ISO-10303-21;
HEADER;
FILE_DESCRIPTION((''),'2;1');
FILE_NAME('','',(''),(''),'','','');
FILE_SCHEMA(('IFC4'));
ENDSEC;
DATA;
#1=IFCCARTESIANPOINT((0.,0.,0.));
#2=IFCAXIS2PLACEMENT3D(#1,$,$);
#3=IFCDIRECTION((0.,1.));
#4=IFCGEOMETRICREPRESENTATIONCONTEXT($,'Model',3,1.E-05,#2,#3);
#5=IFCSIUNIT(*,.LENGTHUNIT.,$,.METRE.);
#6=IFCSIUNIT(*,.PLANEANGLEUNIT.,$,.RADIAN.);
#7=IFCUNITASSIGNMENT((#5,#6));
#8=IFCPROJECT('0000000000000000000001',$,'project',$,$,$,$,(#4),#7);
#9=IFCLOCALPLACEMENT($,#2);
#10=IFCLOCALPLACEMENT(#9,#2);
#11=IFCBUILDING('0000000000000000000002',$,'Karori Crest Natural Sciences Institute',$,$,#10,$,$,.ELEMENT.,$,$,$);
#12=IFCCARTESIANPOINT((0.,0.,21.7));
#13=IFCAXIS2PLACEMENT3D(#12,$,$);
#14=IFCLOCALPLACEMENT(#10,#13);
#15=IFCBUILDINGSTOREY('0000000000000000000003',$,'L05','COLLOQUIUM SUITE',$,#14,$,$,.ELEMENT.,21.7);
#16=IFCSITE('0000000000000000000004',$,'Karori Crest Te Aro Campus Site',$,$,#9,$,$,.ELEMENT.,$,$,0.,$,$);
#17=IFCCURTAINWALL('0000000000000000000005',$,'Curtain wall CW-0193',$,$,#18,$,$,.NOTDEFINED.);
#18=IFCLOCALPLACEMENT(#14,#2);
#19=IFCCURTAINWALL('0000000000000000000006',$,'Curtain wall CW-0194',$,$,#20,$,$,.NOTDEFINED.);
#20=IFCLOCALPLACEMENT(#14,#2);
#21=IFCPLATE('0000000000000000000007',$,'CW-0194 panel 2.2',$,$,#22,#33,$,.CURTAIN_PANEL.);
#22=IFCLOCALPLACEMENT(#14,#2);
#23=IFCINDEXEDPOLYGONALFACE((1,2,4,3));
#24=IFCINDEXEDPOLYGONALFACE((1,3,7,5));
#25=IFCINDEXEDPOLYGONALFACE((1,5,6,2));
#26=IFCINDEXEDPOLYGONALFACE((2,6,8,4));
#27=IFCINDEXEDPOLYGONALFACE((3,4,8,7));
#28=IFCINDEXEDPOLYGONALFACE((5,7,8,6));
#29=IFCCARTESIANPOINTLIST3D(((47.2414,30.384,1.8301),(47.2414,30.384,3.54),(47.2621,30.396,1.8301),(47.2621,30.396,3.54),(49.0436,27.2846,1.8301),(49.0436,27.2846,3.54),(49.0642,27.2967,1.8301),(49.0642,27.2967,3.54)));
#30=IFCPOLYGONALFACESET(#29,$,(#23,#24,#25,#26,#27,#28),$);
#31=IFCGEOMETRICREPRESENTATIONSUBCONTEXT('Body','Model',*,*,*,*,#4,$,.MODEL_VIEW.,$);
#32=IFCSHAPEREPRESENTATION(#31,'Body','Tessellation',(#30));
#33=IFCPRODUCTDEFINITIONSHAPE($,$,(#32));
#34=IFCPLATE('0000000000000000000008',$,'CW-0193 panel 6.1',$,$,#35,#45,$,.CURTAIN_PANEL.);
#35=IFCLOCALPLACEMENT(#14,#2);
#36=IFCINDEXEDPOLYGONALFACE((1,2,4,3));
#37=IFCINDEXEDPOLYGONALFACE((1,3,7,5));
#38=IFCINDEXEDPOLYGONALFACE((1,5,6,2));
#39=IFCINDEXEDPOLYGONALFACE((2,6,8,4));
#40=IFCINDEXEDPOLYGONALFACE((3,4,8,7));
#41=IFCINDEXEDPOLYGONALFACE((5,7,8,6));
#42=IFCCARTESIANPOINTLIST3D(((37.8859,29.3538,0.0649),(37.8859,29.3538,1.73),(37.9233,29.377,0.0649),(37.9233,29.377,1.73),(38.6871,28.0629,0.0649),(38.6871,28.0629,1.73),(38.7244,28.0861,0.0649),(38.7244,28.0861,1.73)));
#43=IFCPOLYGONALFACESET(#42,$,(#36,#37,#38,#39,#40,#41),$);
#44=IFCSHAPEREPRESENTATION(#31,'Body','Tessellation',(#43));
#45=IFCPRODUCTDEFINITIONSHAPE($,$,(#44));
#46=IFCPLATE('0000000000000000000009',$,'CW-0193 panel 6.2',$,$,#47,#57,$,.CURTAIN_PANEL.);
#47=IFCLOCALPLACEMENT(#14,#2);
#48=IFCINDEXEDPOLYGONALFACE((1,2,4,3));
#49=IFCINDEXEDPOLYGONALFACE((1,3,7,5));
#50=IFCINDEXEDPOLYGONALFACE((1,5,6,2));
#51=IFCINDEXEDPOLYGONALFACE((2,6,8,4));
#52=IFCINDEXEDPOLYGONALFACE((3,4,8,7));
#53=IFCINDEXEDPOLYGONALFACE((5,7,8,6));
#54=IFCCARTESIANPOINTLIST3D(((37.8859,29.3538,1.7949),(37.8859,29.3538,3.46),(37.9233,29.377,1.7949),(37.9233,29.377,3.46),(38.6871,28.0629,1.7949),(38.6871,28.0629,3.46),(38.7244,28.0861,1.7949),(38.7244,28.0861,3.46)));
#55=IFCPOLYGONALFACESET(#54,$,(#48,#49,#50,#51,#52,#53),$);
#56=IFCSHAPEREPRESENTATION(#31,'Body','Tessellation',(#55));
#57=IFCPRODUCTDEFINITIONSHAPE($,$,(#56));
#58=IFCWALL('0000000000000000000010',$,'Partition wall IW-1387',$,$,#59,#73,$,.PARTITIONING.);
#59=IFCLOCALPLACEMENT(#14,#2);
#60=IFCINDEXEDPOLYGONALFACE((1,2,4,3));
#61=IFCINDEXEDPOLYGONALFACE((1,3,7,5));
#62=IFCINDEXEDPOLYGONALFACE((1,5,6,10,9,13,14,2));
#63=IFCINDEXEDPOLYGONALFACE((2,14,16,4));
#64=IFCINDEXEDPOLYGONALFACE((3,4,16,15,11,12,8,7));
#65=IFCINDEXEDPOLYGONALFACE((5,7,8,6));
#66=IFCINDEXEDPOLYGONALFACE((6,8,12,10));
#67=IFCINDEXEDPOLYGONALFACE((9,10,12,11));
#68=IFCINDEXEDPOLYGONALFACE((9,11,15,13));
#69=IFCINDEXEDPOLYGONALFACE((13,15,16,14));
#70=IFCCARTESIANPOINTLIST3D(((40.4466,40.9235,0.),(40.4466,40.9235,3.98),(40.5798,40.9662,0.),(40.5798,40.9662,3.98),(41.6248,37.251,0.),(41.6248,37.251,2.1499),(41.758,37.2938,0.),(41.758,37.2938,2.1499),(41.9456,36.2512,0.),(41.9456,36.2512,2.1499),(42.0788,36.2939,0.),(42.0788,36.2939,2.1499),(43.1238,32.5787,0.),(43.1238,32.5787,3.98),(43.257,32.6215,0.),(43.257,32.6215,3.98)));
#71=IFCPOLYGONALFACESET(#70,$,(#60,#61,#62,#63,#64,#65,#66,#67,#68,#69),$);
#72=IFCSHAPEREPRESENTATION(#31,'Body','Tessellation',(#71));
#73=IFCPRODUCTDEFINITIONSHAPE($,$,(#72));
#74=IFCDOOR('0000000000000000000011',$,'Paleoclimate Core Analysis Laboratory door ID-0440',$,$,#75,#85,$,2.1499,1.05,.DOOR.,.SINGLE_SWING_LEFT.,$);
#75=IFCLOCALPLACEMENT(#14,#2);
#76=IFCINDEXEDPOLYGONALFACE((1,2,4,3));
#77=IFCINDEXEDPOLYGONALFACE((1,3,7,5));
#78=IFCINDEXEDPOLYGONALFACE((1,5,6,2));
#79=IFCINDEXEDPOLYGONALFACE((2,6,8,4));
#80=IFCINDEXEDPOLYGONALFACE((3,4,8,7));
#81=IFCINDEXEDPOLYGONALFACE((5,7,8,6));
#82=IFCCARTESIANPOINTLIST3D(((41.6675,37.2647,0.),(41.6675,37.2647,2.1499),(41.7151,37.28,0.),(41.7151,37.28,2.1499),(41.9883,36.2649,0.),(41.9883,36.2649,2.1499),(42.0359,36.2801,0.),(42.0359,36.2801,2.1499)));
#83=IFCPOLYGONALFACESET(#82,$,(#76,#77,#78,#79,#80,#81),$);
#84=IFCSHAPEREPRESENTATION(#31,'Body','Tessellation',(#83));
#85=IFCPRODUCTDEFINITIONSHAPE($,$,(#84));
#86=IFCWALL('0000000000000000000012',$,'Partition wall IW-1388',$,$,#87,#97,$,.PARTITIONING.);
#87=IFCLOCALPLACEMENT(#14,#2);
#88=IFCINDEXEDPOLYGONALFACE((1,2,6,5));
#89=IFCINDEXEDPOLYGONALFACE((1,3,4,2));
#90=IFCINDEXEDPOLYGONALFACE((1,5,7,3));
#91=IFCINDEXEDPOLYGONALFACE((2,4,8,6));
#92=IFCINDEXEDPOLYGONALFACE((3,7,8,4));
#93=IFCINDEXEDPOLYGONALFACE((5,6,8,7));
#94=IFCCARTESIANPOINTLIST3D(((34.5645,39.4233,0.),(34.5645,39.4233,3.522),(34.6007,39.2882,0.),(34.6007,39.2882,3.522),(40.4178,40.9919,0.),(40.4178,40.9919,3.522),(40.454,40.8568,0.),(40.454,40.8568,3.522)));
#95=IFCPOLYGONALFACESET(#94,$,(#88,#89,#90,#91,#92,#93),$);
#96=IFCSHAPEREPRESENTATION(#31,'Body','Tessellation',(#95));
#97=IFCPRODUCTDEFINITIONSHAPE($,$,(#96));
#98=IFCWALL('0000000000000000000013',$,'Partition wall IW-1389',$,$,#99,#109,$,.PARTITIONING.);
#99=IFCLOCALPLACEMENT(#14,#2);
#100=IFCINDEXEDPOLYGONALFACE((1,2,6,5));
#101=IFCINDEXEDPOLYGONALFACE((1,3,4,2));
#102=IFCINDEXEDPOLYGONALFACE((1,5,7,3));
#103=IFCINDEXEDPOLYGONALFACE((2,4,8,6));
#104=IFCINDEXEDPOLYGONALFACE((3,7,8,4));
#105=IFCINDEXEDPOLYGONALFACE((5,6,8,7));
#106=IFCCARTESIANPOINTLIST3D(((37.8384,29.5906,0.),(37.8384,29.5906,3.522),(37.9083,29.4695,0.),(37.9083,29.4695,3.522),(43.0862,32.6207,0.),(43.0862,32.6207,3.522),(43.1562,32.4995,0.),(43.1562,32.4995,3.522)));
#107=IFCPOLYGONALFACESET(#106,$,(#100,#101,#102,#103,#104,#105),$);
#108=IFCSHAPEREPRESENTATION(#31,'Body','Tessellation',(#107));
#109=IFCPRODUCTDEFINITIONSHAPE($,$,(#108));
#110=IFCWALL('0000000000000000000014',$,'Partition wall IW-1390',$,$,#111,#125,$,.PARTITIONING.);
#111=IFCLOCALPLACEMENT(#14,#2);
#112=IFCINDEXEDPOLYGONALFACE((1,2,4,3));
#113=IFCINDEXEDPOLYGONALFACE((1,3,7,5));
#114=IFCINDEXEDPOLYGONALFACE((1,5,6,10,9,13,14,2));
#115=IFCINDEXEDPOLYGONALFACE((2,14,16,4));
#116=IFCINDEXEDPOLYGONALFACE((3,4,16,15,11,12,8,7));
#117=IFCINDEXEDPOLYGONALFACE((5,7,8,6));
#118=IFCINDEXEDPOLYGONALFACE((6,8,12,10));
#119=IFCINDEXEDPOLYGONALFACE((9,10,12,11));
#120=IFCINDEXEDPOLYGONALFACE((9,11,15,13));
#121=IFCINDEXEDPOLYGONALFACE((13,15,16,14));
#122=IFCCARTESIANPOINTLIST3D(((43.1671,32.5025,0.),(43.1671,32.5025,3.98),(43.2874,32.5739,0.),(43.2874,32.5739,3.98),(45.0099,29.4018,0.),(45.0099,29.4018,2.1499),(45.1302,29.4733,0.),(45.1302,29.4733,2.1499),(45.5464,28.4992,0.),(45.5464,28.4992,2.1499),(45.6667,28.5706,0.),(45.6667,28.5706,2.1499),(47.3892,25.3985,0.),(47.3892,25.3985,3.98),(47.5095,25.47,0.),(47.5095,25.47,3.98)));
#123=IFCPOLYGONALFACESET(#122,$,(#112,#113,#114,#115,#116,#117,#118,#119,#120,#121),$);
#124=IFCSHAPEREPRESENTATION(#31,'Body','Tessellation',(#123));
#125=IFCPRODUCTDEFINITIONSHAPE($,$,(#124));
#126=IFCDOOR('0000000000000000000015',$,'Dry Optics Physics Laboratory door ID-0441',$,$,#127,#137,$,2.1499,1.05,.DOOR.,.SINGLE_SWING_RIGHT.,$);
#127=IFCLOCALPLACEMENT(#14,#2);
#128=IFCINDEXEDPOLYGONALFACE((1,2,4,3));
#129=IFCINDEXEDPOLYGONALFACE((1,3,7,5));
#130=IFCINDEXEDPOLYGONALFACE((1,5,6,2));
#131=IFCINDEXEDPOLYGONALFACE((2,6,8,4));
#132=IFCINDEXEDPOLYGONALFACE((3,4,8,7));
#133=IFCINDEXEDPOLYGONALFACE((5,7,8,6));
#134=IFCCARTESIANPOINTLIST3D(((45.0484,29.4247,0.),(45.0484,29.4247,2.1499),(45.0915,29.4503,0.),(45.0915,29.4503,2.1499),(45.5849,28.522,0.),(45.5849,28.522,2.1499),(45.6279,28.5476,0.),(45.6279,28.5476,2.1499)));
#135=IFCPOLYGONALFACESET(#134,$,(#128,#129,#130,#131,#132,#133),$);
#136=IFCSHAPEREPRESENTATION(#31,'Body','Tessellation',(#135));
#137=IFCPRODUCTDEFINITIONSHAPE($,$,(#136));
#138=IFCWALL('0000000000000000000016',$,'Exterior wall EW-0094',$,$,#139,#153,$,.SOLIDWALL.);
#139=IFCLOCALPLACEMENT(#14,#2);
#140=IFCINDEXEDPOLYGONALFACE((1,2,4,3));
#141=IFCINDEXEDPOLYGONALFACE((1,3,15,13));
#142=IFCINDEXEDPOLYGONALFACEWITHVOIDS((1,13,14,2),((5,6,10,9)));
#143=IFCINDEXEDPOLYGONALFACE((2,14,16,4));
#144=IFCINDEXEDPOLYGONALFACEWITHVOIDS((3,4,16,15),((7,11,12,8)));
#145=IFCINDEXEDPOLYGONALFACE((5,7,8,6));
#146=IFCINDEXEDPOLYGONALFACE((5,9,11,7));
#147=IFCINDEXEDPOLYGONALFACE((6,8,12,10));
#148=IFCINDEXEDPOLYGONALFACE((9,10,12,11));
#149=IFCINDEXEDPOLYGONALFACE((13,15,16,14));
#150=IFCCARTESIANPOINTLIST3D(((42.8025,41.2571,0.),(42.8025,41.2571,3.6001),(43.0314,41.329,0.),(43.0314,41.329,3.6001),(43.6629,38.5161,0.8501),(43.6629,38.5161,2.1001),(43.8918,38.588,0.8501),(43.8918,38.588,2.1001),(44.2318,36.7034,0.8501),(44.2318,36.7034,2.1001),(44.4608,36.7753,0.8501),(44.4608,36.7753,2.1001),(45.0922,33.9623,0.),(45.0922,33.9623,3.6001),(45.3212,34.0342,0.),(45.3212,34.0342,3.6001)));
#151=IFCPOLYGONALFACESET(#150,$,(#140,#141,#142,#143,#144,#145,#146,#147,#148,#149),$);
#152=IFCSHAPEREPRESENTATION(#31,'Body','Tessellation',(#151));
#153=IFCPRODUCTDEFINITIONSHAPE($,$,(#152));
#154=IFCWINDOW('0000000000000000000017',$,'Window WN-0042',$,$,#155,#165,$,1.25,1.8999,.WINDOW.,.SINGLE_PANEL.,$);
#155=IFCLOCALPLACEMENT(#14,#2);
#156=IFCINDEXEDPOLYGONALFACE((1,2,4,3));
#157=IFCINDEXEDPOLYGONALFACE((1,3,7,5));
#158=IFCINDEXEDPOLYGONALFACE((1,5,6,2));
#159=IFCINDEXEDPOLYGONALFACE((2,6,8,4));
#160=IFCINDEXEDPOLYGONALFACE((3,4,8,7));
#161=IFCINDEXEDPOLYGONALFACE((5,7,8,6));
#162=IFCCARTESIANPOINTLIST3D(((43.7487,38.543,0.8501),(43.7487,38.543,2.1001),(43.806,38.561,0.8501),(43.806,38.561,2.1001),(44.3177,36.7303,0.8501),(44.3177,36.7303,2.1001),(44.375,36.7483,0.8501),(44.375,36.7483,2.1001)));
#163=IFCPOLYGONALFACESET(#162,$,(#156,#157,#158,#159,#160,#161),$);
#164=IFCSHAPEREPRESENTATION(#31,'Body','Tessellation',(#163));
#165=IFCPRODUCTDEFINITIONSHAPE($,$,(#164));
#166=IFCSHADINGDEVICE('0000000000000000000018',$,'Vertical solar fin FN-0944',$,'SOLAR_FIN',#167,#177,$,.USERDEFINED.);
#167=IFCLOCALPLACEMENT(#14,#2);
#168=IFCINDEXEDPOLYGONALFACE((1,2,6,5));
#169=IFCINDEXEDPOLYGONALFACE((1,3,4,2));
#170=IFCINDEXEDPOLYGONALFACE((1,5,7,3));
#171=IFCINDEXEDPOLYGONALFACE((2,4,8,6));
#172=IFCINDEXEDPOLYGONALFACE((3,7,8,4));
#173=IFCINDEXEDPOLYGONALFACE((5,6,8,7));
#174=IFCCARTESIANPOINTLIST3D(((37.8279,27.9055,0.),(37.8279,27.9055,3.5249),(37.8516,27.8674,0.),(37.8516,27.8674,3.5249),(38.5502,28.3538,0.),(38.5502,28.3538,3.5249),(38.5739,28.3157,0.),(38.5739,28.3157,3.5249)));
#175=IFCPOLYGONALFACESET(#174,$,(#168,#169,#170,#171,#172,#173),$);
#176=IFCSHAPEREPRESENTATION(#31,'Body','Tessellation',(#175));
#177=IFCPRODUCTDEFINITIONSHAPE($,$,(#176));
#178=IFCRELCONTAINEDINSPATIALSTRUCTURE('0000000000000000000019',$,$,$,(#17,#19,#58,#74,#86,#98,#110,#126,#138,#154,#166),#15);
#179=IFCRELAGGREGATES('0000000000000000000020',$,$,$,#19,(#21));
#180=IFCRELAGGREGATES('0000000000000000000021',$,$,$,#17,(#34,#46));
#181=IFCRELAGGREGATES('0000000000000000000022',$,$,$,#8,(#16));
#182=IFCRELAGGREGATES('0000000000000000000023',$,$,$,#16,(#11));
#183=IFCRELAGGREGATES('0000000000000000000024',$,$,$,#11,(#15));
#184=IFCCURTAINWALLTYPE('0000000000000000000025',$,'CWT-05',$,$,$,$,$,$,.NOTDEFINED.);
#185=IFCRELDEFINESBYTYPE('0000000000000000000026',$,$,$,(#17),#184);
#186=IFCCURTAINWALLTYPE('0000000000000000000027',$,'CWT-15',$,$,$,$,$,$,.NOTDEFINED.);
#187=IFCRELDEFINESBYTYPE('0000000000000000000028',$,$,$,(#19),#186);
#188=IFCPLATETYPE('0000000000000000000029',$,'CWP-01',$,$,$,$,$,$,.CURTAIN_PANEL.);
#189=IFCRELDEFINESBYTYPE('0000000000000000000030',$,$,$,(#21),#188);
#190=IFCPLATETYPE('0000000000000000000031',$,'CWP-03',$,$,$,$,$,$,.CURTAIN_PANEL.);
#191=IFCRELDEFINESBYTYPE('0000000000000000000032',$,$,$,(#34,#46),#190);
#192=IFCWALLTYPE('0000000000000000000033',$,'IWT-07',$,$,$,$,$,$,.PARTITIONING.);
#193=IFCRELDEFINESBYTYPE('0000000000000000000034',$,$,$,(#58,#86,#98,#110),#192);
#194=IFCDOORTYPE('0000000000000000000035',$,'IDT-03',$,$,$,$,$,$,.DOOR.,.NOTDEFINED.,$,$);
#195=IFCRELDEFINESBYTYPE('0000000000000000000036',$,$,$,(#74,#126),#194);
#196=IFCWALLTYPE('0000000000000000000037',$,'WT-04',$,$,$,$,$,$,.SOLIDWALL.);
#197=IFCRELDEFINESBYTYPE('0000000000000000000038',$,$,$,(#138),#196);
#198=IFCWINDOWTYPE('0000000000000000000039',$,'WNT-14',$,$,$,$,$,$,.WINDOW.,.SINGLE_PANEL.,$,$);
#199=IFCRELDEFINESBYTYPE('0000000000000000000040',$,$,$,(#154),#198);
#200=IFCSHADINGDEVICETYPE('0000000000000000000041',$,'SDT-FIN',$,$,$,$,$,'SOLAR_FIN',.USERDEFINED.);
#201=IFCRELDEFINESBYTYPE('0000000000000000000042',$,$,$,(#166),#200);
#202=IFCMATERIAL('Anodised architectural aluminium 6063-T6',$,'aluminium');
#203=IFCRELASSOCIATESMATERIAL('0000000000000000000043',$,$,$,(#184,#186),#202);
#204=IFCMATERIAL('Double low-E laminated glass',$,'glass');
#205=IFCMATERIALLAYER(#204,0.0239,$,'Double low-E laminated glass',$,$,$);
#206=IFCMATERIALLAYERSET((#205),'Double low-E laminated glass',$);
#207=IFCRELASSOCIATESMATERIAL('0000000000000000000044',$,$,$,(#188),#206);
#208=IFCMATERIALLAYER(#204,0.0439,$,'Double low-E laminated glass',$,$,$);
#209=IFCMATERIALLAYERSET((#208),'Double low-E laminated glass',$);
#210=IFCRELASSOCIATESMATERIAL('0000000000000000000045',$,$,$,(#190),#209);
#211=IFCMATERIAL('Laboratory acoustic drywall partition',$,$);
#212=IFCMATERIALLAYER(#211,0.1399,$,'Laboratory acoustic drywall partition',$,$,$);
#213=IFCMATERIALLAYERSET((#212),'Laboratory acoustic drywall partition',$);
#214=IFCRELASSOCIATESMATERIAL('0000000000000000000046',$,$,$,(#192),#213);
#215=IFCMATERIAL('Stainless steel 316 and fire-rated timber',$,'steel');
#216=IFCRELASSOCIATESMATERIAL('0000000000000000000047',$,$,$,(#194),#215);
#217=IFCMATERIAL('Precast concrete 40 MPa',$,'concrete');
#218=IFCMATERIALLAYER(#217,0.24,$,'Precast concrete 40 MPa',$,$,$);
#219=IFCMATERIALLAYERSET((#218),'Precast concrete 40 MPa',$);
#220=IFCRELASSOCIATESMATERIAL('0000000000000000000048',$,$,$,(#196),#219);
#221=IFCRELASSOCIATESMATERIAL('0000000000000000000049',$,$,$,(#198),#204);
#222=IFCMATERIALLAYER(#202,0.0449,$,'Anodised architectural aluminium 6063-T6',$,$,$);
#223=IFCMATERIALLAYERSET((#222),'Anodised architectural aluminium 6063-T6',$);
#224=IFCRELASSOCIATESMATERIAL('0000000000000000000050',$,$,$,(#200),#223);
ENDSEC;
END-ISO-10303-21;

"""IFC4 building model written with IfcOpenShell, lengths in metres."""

from ifc_helpers import new_model, si_unit, direction, frame, frame_2d, origin, origin_2d, place, context, subcontext, project, spatial, rectangle, extrude, material, layer, layer_set, type_object, element, fill, aggregate, save


model = new_model("IFC4")

# Units and contexts
model_context = context("Model", 3, precision=1e-05, world=origin(), true_north=direction((0.0, 1.0)))
body_context = subcontext(model_context, "Body", "Model", "MODEL_VIEW")
ifc_project = project(units=[si_unit("LENGTHUNIT", "METRE"), si_unit("PLANEANGLEUNIT", "RADIAN")], contexts=[model_context])

# Site, building, storey
site_placement = place(None, origin())
site = spatial("IfcSite", under=ifc_project, at=site_placement, Name="Karori Crest Te Aro Campus Site", CompositionType="ELEMENT", RefElevation=0.0)
building_placement = place(site_placement, origin())
building = spatial("IfcBuilding", under=site, at=building_placement, Name="Karori Crest Natural Sciences Institute", CompositionType="ELEMENT")
storey_placement = place(building_placement, frame((0.0, 0.0, 21.7)))
storey = spatial("IfcBuildingStorey", under=building, at=storey_placement, Name="L05", Description="COLLOQUIUM SUITE", CompositionType="ELEMENT", Elevation=21.7)

# Curtain wall
ifc_material_1 = material(Name="Anodised architectural aluminium 6063-T6", Category="aluminium")
curtain_wall_type_1 = type_object("IfcCurtainWallType", Name="CWT-05", PredefinedType="NOTDEFINED", material=ifc_material_1)
curtain_wall_1_placement = place(storey_placement, origin())
curtain_wall_1 = element("IfcCurtainWall", 1, at=curtain_wall_1_placement, inside=storey, type_object=curtain_wall_type_1, Name="Curtain wall CW-0193", PredefinedType="NOTDEFINED")

# Curtain wall
curtain_wall_type_2 = type_object("IfcCurtainWallType", Name="CWT-15", PredefinedType="NOTDEFINED", material=ifc_material_1)
curtain_wall_2_placement = place(storey_placement, origin())
curtain_wall_2 = element("IfcCurtainWall", 2, at=curtain_wall_2_placement, inside=storey, type_object=curtain_wall_type_2, Name="Curtain wall CW-0194", PredefinedType="NOTDEFINED")

# Plates
ifc_material_2 = material(Name="Double low-E laminated glass", Category="glass")
ifc_layer_1 = layer(ifc_material_2, 0.0239, Name="Double low-E laminated glass")
ifc_layer_set_1 = layer_set([ifc_layer_1], Name="Double low-E laminated glass")
plate_type_1 = type_object("IfcPlateType", Name="CWP-01", PredefinedType="CURTAIN_PANEL", material=ifc_layer_set_1)
plate_1_placement = place(storey_placement, frame((48.1528, 28.8403, 1.8301), z_axis=(0.0, 0.0, 1.0), x_axis=(0.502655, -0.864487, 0.0)))
plate_1 = element("IfcPlate", 3, at=plate_1_placement, type_object=plate_type_1, Name="CW-0194 panel 2.2", PredefinedType="CURTAIN_PANEL", context=body_context, shape_type="SweptSolid", body=[
    extrude(rectangle(XDim=3.5852, YDim=0.0239, at=origin_2d()), origin(), (0.0, 0.0, 1.0), 1.71),
])
aggregate(curtain_wall_2, [plate_1])
ifc_layer_2 = layer(ifc_material_2, 0.0439, Name="Double low-E laminated glass")
ifc_layer_set_2 = layer_set([ifc_layer_2], Name="Double low-E laminated glass")
plate_type_2 = type_object("IfcPlateType", Name="CWP-03", PredefinedType="CURTAIN_PANEL", material=ifc_layer_set_2)
plate_2_placement = place(storey_placement, frame((38.3052, 28.72, 0.0649), z_axis=(0.0, 0.0, 1.0), x_axis=(-0.527328, 0.849662, 0.0)))
plate_2 = element("IfcPlate", 4, at=plate_2_placement, type_object=plate_type_2, Name="CW-0193 panel 6.1", PredefinedType="CURTAIN_PANEL", context=body_context, shape_type="SweptSolid", body=[
    extrude(rectangle(XDim=1.5193, YDim=0.0439, at=origin_2d()), origin(), (0.0, 0.0, 1.0), 1.665),
])
plate_3_placement = place(storey_placement, frame((38.3052, 28.72, 1.7949), z_axis=(0.0, 0.0, 1.0), x_axis=(-0.527328, 0.849662, 0.0)))
plate_3 = element("IfcPlate", 5, at=plate_3_placement, type_object=plate_type_2, Name="CW-0193 panel 6.2", PredefinedType="CURTAIN_PANEL", context=body_context, shape_type="SweptSolid", body=[
    extrude(rectangle(XDim=1.5193, YDim=0.0439, at=origin_2d()), origin(), (0.0, 0.0, 1.0), 1.665),
])
aggregate(curtain_wall_1, [plate_2, plate_3])

# Wall, opening, door
ifc_material_3 = material(Name="Laboratory acoustic drywall partition")
ifc_layer_3 = layer(ifc_material_3, 0.1399, Name="Laboratory acoustic drywall partition")
ifc_layer_set_3 = layer_set([ifc_layer_3], Name="Laboratory acoustic drywall partition")
wall_type_1 = type_object("IfcWallType", Name="IWT-07", PredefinedType="PARTITIONING", material=ifc_layer_set_3)
wall_1_placement = place(storey_placement, frame((40.5132, 40.9448, 0.0), z_axis=(0.0, 0.0, 1.0), x_axis=(0.305493, -0.952194, 0.0)))
wall_1 = element("IfcWall", 6, at=wall_1_placement, inside=storey, type_object=wall_type_1, Name="Partition wall IW-1387", PredefinedType="PARTITIONING", context=body_context, shape_type="SweptSolid", body=[
    extrude(rectangle(XDim=8.7637, YDim=0.1399, at=frame_2d((4.3818, 0.0))), origin(), (0.0, 0.0, 1.0), 3.98),
])
opening_1_placement = place(wall_1_placement, frame((3.8569, 0.0, 0.0)))
opening_1 = element("IfcOpeningElement", 7, at=opening_1_placement, cuts=wall_1, PredefinedType="OPENING", context=body_context, shape_type="SweptSolid", body=[
    extrude(rectangle(XDim=1.05, YDim=2.1499, at=frame_2d((0.5249, 1.075))), frame((0.0, 0.0801, 0.0), z_axis=(0.0, -1.0, 0.0), x_axis=(1.0, 0.0, 0.0)), (0.0, 0.0, 1.0), 0.1599),
])
ifc_material_4 = material(Name="Stainless steel 316 and fire-rated timber", Category="steel")
door_type = type_object("IfcDoorType", Name="IDT-03", OperationType="NOTDEFINED", PredefinedType="DOOR", material=ifc_material_4)
door_1_placement = place(opening_1_placement, origin())
door_1 = element("IfcDoor", 8, at=door_1_placement, inside=storey, type_object=door_type, Name="Paleoclimate Core Analysis Laboratory door ID-0440", OperationType="SINGLE_SWING_LEFT", OverallHeight=2.1499, OverallWidth=1.05, PredefinedType="DOOR", context=body_context, shape_type="SweptSolid", body=[
    extrude(rectangle(XDim=1.05, YDim=2.1499, at=frame_2d((0.5249, 1.075))), frame((0.0, 0.0249, 0.0), z_axis=(0.0, -1.0, 0.0), x_axis=(1.0, 0.0, 0.0)), (0.0, 0.0, 1.0), 0.05),
])
fill(opening_1, door_1)

# Walls
for number, where, z_axis, x_axis, name in (
    (9, (40.4358, 40.9243, 0.0), (0.0, 0.0, 1.0), (-0.965917, -0.258854, 0.0), "Partition wall IW-1388"),
    (10, (43.1211, 32.5601, 0.0), (0.0, 0.0, 1.0), (-0.86601, -0.500026, 0.0), "Partition wall IW-1389"),
):
    element("IfcWall", number, at=place(storey_placement, frame(where, z_axis=z_axis, x_axis=x_axis)), inside=storey, type_object=wall_type_1, Name=name, PredefinedType="PARTITIONING", context=body_context, shape_type="SweptSolid", body=[
        extrude(rectangle(XDim=6.0598, YDim=0.1399, at=frame_2d((3.0298, 0.0))), origin(), (0.0, 0.0, 1.0), 3.522),
    ])

# Wall, opening, door
wall_2_placement = place(storey_placement, frame((43.2273, 32.5381, 0.0), z_axis=(0.0, 0.0, 1.0), x_axis=(0.510911, -0.859633, 0.0)))
wall_2 = element("IfcWall", 11, at=wall_2_placement, inside=storey, type_object=wall_type_1, Name="Partition wall IW-1390", PredefinedType="PARTITIONING", context=body_context, shape_type="SweptSolid", body=[
    extrude(rectangle(XDim=8.2639, YDim=0.1399, at=frame_2d((4.1318, 0.0))), origin(), (0.0, 0.0, 1.0), 3.98),
])
opening_2_placement = place(wall_2_placement, frame((3.6069, 0.0, 0.0)))
opening_2 = element("IfcOpeningElement", 12, at=opening_2_placement, cuts=wall_2, PredefinedType="OPENING", context=body_context, shape_type="SweptSolid", body=[
    extrude(rectangle(XDim=1.05, YDim=2.1499, at=frame_2d((0.5249, 1.075))), frame((0.0, 0.0801, 0.0), z_axis=(0.0, -1.0, 0.0), x_axis=(1.0, 0.0, 0.0)), (0.0, 0.0, 1.0), 0.1599),
])
door_2_placement = place(opening_2_placement, origin())
door_2 = element("IfcDoor", 13, at=door_2_placement, inside=storey, type_object=door_type, Name="Dry Optics Physics Laboratory door ID-0441", OperationType="SINGLE_SWING_RIGHT", OverallHeight=2.1499, OverallWidth=1.05, PredefinedType="DOOR", context=body_context, shape_type="SweptSolid", body=[
    extrude(rectangle(XDim=1.05, YDim=2.1499, at=frame_2d((0.5249, 1.075))), frame((0.0, 0.0249, 0.0), z_axis=(0.0, -1.0, 0.0), x_axis=(1.0, 0.0, 0.0)), (0.0, 0.0, 1.0), 0.05),
])
fill(opening_2, door_2)

# Wall, opening, window
ifc_material_5 = material(Name="Precast concrete 40 MPa", Category="concrete")
ifc_layer_4 = layer(ifc_material_5, 0.24, Name="Precast concrete 40 MPa")
ifc_layer_set_4 = layer_set([ifc_layer_4], Name="Precast concrete 40 MPa")
wall_type_2 = type_object("IfcWallType", Name="WT-04", PredefinedType="SOLIDWALL", material=ifc_layer_set_4)
wall_3_placement = place(storey_placement, frame((42.917, 41.293, 0.0), z_axis=(0.0, 0.0, 1.0), x_axis=(0.299482, -0.954102, 0.0)))
wall_3 = element("IfcWall", 14, at=wall_3_placement, inside=storey, type_object=wall_type_2, Name="Exterior wall EW-0094", PredefinedType="SOLIDWALL", context=body_context, shape_type="SweptSolid", body=[
    extrude(rectangle(XDim=7.6458, YDim=0.24, at=frame_2d((3.8228, 0.0))), origin(), (0.0, 0.0, 1.0), 3.6001),
])
opening_3_placement = place(wall_3_placement, frame((2.8728, 0.0, 0.8501)))
opening_3 = element("IfcOpeningElement", 15, at=opening_3_placement, cuts=wall_3, PredefinedType="OPENING", context=body_context, shape_type="SweptSolid", body=[
    extrude(rectangle(XDim=1.8999, YDim=1.25, at=frame_2d((0.95, 0.625))), frame((0.0, 0.1299, 0.0), z_axis=(0.0, -1.0, 0.0), x_axis=(1.0, 0.0, 0.0)), (0.0, 0.0, 1.0), 0.26),
])
window_type = type_object("IfcWindowType", Name="WNT-14", PartitioningType="SINGLE_PANEL", PredefinedType="WINDOW", material=ifc_material_2)
window_placement = place(opening_3_placement, origin())
window = element("IfcWindow", 16, at=window_placement, inside=storey, type_object=window_type, Name="Window WN-0042", OverallHeight=1.25, OverallWidth=1.8999, PartitioningType="SINGLE_PANEL", PredefinedType="WINDOW", context=body_context, shape_type="SweptSolid", body=[
    extrude(rectangle(XDim=1.8999, YDim=1.25, at=frame_2d((0.95, 0.625))), frame((0.0, 0.03, 0.0), z_axis=(0.0, -1.0, 0.0), x_axis=(1.0, 0.0, 0.0)), (0.0, 0.0, 1.0), 0.0601),
])
fill(opening_3, window)

# Shading device
ifc_layer_5 = layer(ifc_material_1, 0.0449, Name="Anodised architectural aluminium 6063-T6")
ifc_layer_set_5 = layer_set([ifc_layer_5], Name="Anodised architectural aluminium 6063-T6")
shading_device_type = type_object("IfcShadingDeviceType", Name="SDT-FIN", ElementType="SOLAR_FIN", PredefinedType="USERDEFINED", material=ifc_layer_set_5)
shading_device_placement = place(storey_placement, frame((38.2009, 28.1106, 0.0), z_axis=(0.0, 0.0, 1.0), x_axis=(-0.849662, -0.527328, 0.0)))
element("IfcShadingDevice", 17, at=shading_device_placement, inside=storey, type_object=shading_device_type, Name="Vertical solar fin FN-0944", ObjectType="SOLAR_FIN", PredefinedType="USERDEFINED", context=body_context, shape_type="SweptSolid", body=[
    extrude(rectangle(XDim=0.8501, YDim=0.0449, at=origin_2d()), origin(), (0.0, 0.0, 1.0), 3.5249),
])

save(model, "model.ifc")
